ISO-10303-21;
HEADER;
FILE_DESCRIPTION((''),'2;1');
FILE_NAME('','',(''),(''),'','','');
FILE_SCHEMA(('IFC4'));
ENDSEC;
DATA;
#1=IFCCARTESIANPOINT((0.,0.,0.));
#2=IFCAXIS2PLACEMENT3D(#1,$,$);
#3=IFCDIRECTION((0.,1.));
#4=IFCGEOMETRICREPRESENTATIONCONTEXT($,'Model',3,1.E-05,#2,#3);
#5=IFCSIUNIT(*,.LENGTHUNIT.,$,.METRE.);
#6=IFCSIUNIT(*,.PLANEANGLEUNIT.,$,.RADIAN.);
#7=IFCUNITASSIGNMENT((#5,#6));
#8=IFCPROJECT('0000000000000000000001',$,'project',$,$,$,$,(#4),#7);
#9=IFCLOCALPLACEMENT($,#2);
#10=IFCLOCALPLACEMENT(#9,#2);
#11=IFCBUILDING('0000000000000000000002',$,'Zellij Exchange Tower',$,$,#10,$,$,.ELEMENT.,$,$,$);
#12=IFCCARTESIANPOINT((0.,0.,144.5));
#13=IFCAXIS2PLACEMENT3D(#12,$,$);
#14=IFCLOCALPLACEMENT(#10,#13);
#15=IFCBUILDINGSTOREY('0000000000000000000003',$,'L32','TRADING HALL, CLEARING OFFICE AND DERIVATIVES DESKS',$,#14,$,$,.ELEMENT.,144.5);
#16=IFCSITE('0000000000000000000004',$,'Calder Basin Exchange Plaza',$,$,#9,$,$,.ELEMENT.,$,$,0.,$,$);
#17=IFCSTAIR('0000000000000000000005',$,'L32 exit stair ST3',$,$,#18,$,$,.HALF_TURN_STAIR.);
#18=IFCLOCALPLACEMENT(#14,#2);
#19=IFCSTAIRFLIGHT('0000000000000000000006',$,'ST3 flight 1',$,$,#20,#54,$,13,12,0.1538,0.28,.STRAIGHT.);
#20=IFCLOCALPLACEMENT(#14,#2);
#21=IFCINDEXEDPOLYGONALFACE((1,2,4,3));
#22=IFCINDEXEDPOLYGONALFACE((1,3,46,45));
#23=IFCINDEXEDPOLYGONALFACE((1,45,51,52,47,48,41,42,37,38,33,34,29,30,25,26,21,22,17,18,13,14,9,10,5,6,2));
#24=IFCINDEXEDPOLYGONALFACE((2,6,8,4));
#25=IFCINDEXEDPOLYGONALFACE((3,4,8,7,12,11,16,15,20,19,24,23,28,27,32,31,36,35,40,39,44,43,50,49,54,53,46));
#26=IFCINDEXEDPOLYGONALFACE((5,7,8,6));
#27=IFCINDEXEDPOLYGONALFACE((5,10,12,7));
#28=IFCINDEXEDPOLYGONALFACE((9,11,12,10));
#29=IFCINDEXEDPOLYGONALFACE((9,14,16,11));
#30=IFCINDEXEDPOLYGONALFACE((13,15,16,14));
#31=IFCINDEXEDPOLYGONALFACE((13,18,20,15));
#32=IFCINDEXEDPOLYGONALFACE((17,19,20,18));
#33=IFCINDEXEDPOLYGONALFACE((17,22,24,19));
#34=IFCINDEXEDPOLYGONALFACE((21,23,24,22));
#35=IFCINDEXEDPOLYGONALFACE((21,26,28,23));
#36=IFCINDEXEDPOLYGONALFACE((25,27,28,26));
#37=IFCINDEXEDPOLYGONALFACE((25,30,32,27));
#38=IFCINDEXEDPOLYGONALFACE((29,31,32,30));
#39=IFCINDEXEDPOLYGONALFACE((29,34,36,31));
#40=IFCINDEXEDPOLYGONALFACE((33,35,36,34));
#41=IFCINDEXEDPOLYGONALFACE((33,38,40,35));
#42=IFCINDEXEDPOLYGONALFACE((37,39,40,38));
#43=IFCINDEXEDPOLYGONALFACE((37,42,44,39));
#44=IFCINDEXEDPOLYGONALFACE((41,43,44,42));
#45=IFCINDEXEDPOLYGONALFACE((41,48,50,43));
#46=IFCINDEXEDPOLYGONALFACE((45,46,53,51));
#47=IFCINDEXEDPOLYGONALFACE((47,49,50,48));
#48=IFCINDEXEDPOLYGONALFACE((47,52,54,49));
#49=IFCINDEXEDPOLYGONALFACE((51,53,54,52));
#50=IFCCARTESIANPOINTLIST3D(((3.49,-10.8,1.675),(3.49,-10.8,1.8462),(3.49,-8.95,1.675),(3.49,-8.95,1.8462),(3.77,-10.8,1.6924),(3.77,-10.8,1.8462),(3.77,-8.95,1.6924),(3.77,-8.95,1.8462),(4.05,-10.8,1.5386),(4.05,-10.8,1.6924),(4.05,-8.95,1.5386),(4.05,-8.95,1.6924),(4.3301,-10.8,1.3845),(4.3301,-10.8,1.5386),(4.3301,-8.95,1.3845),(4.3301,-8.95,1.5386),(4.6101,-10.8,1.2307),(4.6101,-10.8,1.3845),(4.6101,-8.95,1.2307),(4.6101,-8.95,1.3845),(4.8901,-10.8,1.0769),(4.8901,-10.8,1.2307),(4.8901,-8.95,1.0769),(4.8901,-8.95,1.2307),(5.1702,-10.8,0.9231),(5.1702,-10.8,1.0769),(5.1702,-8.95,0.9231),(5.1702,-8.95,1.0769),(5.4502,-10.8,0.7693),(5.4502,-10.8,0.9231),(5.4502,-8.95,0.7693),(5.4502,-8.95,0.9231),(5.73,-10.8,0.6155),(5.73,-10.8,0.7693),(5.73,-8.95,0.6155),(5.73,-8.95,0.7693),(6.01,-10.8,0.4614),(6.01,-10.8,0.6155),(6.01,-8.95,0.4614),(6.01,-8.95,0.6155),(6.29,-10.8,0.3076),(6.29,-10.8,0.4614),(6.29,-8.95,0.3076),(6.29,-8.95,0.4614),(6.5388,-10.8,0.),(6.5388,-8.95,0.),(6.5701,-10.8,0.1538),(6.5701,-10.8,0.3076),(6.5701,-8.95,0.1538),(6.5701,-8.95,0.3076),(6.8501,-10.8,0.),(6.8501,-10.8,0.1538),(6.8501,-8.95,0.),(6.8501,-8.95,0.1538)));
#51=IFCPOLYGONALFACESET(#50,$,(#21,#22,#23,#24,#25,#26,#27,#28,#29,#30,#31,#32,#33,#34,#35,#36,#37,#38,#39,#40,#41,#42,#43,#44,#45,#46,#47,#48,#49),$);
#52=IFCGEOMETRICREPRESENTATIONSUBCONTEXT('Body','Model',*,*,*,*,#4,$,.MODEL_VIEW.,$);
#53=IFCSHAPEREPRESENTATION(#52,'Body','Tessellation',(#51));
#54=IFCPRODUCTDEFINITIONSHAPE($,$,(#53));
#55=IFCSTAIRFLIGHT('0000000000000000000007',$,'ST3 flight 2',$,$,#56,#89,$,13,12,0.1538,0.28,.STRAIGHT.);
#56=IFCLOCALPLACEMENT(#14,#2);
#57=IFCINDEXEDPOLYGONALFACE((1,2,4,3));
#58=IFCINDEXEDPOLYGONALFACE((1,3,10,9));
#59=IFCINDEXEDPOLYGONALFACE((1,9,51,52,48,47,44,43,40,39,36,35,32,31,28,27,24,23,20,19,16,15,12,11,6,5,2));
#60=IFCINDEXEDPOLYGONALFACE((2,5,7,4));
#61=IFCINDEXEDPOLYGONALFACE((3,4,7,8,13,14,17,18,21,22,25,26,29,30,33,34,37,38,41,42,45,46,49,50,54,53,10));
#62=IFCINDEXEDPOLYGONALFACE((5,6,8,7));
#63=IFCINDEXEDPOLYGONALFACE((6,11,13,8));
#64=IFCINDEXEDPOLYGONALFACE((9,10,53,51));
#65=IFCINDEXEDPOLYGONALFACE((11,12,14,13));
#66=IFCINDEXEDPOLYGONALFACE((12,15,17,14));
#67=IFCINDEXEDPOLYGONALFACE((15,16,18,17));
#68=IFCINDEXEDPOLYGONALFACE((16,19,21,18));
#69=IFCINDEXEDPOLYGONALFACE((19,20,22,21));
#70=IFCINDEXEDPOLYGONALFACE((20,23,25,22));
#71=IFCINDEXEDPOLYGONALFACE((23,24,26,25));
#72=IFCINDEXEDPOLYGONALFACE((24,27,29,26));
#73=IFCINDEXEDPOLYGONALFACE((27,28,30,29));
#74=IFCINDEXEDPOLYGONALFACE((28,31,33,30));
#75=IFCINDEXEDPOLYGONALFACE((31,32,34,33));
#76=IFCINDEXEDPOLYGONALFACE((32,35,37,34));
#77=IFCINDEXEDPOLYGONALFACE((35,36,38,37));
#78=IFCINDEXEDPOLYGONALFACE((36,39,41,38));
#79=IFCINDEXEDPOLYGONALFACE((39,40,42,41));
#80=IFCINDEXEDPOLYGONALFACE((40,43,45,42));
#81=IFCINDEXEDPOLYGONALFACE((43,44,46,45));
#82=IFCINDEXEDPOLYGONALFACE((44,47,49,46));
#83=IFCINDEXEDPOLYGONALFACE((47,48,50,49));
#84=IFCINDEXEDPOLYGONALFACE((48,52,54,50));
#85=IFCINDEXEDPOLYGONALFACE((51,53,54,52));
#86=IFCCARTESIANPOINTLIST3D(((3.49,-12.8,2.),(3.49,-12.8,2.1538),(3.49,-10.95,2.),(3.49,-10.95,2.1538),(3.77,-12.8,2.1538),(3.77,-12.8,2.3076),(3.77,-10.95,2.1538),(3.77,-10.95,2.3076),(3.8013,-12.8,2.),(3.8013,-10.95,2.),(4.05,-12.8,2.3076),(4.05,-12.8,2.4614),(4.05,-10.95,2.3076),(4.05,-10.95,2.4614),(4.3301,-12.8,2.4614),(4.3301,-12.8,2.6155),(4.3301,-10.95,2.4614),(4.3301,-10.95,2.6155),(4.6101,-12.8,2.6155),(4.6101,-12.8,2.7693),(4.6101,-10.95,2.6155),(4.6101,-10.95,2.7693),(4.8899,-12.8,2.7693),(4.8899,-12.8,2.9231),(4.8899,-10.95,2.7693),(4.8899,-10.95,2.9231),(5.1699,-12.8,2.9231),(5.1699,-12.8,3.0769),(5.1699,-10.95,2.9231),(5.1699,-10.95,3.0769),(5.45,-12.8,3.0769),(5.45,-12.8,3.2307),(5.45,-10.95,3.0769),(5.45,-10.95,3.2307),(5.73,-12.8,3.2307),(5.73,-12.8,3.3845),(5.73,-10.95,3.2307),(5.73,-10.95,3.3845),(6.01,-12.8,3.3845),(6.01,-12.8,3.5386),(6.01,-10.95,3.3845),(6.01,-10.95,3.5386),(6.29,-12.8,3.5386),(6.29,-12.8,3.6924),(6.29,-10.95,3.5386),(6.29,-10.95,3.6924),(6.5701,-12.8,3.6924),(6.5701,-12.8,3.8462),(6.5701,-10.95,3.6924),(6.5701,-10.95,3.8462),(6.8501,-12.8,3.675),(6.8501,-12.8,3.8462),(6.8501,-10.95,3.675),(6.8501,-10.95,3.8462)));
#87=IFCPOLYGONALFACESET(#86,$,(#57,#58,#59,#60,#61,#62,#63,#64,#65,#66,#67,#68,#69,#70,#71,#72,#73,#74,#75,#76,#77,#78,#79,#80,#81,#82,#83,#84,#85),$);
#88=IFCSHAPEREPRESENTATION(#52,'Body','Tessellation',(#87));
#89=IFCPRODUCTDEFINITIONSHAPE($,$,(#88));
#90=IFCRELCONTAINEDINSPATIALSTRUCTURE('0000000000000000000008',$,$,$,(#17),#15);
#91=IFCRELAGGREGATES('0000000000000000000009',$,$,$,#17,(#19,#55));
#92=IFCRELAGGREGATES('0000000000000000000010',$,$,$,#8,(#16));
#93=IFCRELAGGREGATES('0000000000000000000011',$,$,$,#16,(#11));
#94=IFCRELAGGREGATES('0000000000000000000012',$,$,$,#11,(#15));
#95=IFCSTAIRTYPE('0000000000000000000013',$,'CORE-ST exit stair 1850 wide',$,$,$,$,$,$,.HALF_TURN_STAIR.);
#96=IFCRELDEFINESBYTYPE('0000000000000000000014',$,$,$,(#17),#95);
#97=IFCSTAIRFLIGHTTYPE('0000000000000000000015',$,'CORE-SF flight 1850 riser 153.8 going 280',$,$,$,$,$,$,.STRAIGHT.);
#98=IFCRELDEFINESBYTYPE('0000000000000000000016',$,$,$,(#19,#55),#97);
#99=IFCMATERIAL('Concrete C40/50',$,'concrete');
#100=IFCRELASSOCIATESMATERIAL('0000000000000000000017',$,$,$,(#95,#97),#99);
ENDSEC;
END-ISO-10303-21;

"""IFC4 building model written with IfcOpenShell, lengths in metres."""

from ifc_helpers import new_model, si_unit, direction, frame, origin, place, context, subcontext, project, spatial, polyline, outline, extrude, material, type_object, element, aggregate, save


model = new_model("IFC4")

# Units and contexts
model_context = context("Model", 3, precision=1e-05, world=origin(), true_north=direction((0.0, 1.0)))
body_context = subcontext(model_context, "Body", "Model", "MODEL_VIEW")
ifc_project = project(units=[si_unit("LENGTHUNIT", "METRE"), si_unit("PLANEANGLEUNIT", "RADIAN")], contexts=[model_context])

# Site, building, storey
site_placement = place(None, origin())
site = spatial("IfcSite", under=ifc_project, at=site_placement, Name="Calder Basin Exchange Plaza", CompositionType="ELEMENT", RefElevation=0.0)
building_placement = place(site_placement, origin())
building = spatial("IfcBuilding", under=site, at=building_placement, Name="Zellij Exchange Tower", CompositionType="ELEMENT")
storey_placement = place(building_placement, frame((0.0, 0.0, 144.5)))
storey = spatial("IfcBuildingStorey", under=building, at=storey_placement, Name="L32", Description="TRADING HALL, CLEARING OFFICE AND DERIVATIVES DESKS", CompositionType="ELEMENT", Elevation=144.5)

# Stair, stair flights
ifc_material_1 = material(Name="Concrete C40/50", Category="concrete")
stair_type = type_object("IfcStairType", Name="CORE-ST exit stair 1850 wide", PredefinedType="HALF_TURN_STAIR", material=ifc_material_1)
stair_placement = place(storey_placement, origin())
stair = element("IfcStair", 1, at=stair_placement, inside=storey, type_object=stair_type, Name="L32 exit stair ST3", PredefinedType="HALF_TURN_STAIR")
stair_flight_type = type_object("IfcStairFlightType", Name="CORE-SF flight 1850 riser 153.8 going 280", PredefinedType="STRAIGHT", material=ifc_material_1)
stair_flight_1_placement = place(storey_placement, frame((6.8501, -9.875, 0.0), z_axis=(0.0, 0.0, 1.0), x_axis=(-1.0, 0.0, 0.0)))
stair_flight_1 = element("IfcStairFlight", 2, at=stair_flight_1_placement, type_object=stair_flight_type, Name="ST3 flight 1", NumberOfRisers=13, NumberOfTreads=12, PredefinedType="STRAIGHT", RiserHeight=0.1538, TreadLength=0.28, context=body_context, shape_type="SweptSolid", body=[
    extrude(outline(polyline([(0.0, 0.0), (0.0, 0.1538), (0.28, 0.1538), (0.28, 0.3076), (0.5601, 0.3076), (0.5601, 0.4614), (0.8401, 0.4614), (0.8401, 0.6155), (1.1201, 0.6155), (1.1201, 0.7693), (1.3999, 0.7693), (1.3999, 0.9231), (1.6799, 0.9231), (1.6799, 1.0769), (1.96, 1.0769), (1.96, 1.2307), (2.24, 1.2307), (2.24, 1.3845), (2.52, 1.3845), (2.52, 1.5386), (2.8, 1.5386), (2.8, 1.6924), (3.0801, 1.6924), (3.0801, 1.8462), (3.3601, 1.8462), (3.3601, 2.0), (3.3601, 1.675), (0.3113, 0.0), (0.0, 0.0)])), frame((0.0, 0.925, 0.0), z_axis=(0.0, -1.0, 0.0), x_axis=(1.0, 0.0, 0.0)), (0.0, 0.0, 1.0), 1.8501),
])
stair_flight_2_placement = place(storey_placement, frame((3.49, -11.875, 2.0), z_axis=(0.0, 0.0, 1.0), x_axis=(1.0, 0.0, 0.0)))
stair_flight_2 = element("IfcStairFlight", 3, at=stair_flight_2_placement, type_object=stair_flight_type, Name="ST3 flight 2", NumberOfRisers=13, NumberOfTreads=12, PredefinedType="STRAIGHT", RiserHeight=0.1538, TreadLength=0.28, context=body_context, shape_type="SweptSolid", body=[
    extrude(outline(polyline([(0.0, 0.0), (0.0, 0.1538), (0.28, 0.1538), (0.28, 0.3076), (0.5601, 0.3076), (0.5601, 0.4614), (0.8401, 0.4614), (0.8401, 0.6155), (1.1201, 0.6155), (1.1201, 0.7693), (1.3999, 0.7693), (1.3999, 0.9231), (1.6799, 0.9231), (1.6799, 1.0769), (1.96, 1.0769), (1.96, 1.2307), (2.24, 1.2307), (2.24, 1.3845), (2.52, 1.3845), (2.52, 1.5386), (2.8, 1.5386), (2.8, 1.6924), (3.0801, 1.6924), (3.0801, 1.8462), (3.3601, 1.8462), (3.3601, 2.0), (3.3601, 1.675), (0.3113, 0.0), (0.0, 0.0)])), frame((0.0, 0.925, 0.0), z_axis=(0.0, -1.0, 0.0), x_axis=(1.0, 0.0, 0.0)), (0.0, 0.0, 1.0), 1.8501),
])
aggregate(stair, [stair_flight_1, stair_flight_2])

save(model, "model.ifc")
